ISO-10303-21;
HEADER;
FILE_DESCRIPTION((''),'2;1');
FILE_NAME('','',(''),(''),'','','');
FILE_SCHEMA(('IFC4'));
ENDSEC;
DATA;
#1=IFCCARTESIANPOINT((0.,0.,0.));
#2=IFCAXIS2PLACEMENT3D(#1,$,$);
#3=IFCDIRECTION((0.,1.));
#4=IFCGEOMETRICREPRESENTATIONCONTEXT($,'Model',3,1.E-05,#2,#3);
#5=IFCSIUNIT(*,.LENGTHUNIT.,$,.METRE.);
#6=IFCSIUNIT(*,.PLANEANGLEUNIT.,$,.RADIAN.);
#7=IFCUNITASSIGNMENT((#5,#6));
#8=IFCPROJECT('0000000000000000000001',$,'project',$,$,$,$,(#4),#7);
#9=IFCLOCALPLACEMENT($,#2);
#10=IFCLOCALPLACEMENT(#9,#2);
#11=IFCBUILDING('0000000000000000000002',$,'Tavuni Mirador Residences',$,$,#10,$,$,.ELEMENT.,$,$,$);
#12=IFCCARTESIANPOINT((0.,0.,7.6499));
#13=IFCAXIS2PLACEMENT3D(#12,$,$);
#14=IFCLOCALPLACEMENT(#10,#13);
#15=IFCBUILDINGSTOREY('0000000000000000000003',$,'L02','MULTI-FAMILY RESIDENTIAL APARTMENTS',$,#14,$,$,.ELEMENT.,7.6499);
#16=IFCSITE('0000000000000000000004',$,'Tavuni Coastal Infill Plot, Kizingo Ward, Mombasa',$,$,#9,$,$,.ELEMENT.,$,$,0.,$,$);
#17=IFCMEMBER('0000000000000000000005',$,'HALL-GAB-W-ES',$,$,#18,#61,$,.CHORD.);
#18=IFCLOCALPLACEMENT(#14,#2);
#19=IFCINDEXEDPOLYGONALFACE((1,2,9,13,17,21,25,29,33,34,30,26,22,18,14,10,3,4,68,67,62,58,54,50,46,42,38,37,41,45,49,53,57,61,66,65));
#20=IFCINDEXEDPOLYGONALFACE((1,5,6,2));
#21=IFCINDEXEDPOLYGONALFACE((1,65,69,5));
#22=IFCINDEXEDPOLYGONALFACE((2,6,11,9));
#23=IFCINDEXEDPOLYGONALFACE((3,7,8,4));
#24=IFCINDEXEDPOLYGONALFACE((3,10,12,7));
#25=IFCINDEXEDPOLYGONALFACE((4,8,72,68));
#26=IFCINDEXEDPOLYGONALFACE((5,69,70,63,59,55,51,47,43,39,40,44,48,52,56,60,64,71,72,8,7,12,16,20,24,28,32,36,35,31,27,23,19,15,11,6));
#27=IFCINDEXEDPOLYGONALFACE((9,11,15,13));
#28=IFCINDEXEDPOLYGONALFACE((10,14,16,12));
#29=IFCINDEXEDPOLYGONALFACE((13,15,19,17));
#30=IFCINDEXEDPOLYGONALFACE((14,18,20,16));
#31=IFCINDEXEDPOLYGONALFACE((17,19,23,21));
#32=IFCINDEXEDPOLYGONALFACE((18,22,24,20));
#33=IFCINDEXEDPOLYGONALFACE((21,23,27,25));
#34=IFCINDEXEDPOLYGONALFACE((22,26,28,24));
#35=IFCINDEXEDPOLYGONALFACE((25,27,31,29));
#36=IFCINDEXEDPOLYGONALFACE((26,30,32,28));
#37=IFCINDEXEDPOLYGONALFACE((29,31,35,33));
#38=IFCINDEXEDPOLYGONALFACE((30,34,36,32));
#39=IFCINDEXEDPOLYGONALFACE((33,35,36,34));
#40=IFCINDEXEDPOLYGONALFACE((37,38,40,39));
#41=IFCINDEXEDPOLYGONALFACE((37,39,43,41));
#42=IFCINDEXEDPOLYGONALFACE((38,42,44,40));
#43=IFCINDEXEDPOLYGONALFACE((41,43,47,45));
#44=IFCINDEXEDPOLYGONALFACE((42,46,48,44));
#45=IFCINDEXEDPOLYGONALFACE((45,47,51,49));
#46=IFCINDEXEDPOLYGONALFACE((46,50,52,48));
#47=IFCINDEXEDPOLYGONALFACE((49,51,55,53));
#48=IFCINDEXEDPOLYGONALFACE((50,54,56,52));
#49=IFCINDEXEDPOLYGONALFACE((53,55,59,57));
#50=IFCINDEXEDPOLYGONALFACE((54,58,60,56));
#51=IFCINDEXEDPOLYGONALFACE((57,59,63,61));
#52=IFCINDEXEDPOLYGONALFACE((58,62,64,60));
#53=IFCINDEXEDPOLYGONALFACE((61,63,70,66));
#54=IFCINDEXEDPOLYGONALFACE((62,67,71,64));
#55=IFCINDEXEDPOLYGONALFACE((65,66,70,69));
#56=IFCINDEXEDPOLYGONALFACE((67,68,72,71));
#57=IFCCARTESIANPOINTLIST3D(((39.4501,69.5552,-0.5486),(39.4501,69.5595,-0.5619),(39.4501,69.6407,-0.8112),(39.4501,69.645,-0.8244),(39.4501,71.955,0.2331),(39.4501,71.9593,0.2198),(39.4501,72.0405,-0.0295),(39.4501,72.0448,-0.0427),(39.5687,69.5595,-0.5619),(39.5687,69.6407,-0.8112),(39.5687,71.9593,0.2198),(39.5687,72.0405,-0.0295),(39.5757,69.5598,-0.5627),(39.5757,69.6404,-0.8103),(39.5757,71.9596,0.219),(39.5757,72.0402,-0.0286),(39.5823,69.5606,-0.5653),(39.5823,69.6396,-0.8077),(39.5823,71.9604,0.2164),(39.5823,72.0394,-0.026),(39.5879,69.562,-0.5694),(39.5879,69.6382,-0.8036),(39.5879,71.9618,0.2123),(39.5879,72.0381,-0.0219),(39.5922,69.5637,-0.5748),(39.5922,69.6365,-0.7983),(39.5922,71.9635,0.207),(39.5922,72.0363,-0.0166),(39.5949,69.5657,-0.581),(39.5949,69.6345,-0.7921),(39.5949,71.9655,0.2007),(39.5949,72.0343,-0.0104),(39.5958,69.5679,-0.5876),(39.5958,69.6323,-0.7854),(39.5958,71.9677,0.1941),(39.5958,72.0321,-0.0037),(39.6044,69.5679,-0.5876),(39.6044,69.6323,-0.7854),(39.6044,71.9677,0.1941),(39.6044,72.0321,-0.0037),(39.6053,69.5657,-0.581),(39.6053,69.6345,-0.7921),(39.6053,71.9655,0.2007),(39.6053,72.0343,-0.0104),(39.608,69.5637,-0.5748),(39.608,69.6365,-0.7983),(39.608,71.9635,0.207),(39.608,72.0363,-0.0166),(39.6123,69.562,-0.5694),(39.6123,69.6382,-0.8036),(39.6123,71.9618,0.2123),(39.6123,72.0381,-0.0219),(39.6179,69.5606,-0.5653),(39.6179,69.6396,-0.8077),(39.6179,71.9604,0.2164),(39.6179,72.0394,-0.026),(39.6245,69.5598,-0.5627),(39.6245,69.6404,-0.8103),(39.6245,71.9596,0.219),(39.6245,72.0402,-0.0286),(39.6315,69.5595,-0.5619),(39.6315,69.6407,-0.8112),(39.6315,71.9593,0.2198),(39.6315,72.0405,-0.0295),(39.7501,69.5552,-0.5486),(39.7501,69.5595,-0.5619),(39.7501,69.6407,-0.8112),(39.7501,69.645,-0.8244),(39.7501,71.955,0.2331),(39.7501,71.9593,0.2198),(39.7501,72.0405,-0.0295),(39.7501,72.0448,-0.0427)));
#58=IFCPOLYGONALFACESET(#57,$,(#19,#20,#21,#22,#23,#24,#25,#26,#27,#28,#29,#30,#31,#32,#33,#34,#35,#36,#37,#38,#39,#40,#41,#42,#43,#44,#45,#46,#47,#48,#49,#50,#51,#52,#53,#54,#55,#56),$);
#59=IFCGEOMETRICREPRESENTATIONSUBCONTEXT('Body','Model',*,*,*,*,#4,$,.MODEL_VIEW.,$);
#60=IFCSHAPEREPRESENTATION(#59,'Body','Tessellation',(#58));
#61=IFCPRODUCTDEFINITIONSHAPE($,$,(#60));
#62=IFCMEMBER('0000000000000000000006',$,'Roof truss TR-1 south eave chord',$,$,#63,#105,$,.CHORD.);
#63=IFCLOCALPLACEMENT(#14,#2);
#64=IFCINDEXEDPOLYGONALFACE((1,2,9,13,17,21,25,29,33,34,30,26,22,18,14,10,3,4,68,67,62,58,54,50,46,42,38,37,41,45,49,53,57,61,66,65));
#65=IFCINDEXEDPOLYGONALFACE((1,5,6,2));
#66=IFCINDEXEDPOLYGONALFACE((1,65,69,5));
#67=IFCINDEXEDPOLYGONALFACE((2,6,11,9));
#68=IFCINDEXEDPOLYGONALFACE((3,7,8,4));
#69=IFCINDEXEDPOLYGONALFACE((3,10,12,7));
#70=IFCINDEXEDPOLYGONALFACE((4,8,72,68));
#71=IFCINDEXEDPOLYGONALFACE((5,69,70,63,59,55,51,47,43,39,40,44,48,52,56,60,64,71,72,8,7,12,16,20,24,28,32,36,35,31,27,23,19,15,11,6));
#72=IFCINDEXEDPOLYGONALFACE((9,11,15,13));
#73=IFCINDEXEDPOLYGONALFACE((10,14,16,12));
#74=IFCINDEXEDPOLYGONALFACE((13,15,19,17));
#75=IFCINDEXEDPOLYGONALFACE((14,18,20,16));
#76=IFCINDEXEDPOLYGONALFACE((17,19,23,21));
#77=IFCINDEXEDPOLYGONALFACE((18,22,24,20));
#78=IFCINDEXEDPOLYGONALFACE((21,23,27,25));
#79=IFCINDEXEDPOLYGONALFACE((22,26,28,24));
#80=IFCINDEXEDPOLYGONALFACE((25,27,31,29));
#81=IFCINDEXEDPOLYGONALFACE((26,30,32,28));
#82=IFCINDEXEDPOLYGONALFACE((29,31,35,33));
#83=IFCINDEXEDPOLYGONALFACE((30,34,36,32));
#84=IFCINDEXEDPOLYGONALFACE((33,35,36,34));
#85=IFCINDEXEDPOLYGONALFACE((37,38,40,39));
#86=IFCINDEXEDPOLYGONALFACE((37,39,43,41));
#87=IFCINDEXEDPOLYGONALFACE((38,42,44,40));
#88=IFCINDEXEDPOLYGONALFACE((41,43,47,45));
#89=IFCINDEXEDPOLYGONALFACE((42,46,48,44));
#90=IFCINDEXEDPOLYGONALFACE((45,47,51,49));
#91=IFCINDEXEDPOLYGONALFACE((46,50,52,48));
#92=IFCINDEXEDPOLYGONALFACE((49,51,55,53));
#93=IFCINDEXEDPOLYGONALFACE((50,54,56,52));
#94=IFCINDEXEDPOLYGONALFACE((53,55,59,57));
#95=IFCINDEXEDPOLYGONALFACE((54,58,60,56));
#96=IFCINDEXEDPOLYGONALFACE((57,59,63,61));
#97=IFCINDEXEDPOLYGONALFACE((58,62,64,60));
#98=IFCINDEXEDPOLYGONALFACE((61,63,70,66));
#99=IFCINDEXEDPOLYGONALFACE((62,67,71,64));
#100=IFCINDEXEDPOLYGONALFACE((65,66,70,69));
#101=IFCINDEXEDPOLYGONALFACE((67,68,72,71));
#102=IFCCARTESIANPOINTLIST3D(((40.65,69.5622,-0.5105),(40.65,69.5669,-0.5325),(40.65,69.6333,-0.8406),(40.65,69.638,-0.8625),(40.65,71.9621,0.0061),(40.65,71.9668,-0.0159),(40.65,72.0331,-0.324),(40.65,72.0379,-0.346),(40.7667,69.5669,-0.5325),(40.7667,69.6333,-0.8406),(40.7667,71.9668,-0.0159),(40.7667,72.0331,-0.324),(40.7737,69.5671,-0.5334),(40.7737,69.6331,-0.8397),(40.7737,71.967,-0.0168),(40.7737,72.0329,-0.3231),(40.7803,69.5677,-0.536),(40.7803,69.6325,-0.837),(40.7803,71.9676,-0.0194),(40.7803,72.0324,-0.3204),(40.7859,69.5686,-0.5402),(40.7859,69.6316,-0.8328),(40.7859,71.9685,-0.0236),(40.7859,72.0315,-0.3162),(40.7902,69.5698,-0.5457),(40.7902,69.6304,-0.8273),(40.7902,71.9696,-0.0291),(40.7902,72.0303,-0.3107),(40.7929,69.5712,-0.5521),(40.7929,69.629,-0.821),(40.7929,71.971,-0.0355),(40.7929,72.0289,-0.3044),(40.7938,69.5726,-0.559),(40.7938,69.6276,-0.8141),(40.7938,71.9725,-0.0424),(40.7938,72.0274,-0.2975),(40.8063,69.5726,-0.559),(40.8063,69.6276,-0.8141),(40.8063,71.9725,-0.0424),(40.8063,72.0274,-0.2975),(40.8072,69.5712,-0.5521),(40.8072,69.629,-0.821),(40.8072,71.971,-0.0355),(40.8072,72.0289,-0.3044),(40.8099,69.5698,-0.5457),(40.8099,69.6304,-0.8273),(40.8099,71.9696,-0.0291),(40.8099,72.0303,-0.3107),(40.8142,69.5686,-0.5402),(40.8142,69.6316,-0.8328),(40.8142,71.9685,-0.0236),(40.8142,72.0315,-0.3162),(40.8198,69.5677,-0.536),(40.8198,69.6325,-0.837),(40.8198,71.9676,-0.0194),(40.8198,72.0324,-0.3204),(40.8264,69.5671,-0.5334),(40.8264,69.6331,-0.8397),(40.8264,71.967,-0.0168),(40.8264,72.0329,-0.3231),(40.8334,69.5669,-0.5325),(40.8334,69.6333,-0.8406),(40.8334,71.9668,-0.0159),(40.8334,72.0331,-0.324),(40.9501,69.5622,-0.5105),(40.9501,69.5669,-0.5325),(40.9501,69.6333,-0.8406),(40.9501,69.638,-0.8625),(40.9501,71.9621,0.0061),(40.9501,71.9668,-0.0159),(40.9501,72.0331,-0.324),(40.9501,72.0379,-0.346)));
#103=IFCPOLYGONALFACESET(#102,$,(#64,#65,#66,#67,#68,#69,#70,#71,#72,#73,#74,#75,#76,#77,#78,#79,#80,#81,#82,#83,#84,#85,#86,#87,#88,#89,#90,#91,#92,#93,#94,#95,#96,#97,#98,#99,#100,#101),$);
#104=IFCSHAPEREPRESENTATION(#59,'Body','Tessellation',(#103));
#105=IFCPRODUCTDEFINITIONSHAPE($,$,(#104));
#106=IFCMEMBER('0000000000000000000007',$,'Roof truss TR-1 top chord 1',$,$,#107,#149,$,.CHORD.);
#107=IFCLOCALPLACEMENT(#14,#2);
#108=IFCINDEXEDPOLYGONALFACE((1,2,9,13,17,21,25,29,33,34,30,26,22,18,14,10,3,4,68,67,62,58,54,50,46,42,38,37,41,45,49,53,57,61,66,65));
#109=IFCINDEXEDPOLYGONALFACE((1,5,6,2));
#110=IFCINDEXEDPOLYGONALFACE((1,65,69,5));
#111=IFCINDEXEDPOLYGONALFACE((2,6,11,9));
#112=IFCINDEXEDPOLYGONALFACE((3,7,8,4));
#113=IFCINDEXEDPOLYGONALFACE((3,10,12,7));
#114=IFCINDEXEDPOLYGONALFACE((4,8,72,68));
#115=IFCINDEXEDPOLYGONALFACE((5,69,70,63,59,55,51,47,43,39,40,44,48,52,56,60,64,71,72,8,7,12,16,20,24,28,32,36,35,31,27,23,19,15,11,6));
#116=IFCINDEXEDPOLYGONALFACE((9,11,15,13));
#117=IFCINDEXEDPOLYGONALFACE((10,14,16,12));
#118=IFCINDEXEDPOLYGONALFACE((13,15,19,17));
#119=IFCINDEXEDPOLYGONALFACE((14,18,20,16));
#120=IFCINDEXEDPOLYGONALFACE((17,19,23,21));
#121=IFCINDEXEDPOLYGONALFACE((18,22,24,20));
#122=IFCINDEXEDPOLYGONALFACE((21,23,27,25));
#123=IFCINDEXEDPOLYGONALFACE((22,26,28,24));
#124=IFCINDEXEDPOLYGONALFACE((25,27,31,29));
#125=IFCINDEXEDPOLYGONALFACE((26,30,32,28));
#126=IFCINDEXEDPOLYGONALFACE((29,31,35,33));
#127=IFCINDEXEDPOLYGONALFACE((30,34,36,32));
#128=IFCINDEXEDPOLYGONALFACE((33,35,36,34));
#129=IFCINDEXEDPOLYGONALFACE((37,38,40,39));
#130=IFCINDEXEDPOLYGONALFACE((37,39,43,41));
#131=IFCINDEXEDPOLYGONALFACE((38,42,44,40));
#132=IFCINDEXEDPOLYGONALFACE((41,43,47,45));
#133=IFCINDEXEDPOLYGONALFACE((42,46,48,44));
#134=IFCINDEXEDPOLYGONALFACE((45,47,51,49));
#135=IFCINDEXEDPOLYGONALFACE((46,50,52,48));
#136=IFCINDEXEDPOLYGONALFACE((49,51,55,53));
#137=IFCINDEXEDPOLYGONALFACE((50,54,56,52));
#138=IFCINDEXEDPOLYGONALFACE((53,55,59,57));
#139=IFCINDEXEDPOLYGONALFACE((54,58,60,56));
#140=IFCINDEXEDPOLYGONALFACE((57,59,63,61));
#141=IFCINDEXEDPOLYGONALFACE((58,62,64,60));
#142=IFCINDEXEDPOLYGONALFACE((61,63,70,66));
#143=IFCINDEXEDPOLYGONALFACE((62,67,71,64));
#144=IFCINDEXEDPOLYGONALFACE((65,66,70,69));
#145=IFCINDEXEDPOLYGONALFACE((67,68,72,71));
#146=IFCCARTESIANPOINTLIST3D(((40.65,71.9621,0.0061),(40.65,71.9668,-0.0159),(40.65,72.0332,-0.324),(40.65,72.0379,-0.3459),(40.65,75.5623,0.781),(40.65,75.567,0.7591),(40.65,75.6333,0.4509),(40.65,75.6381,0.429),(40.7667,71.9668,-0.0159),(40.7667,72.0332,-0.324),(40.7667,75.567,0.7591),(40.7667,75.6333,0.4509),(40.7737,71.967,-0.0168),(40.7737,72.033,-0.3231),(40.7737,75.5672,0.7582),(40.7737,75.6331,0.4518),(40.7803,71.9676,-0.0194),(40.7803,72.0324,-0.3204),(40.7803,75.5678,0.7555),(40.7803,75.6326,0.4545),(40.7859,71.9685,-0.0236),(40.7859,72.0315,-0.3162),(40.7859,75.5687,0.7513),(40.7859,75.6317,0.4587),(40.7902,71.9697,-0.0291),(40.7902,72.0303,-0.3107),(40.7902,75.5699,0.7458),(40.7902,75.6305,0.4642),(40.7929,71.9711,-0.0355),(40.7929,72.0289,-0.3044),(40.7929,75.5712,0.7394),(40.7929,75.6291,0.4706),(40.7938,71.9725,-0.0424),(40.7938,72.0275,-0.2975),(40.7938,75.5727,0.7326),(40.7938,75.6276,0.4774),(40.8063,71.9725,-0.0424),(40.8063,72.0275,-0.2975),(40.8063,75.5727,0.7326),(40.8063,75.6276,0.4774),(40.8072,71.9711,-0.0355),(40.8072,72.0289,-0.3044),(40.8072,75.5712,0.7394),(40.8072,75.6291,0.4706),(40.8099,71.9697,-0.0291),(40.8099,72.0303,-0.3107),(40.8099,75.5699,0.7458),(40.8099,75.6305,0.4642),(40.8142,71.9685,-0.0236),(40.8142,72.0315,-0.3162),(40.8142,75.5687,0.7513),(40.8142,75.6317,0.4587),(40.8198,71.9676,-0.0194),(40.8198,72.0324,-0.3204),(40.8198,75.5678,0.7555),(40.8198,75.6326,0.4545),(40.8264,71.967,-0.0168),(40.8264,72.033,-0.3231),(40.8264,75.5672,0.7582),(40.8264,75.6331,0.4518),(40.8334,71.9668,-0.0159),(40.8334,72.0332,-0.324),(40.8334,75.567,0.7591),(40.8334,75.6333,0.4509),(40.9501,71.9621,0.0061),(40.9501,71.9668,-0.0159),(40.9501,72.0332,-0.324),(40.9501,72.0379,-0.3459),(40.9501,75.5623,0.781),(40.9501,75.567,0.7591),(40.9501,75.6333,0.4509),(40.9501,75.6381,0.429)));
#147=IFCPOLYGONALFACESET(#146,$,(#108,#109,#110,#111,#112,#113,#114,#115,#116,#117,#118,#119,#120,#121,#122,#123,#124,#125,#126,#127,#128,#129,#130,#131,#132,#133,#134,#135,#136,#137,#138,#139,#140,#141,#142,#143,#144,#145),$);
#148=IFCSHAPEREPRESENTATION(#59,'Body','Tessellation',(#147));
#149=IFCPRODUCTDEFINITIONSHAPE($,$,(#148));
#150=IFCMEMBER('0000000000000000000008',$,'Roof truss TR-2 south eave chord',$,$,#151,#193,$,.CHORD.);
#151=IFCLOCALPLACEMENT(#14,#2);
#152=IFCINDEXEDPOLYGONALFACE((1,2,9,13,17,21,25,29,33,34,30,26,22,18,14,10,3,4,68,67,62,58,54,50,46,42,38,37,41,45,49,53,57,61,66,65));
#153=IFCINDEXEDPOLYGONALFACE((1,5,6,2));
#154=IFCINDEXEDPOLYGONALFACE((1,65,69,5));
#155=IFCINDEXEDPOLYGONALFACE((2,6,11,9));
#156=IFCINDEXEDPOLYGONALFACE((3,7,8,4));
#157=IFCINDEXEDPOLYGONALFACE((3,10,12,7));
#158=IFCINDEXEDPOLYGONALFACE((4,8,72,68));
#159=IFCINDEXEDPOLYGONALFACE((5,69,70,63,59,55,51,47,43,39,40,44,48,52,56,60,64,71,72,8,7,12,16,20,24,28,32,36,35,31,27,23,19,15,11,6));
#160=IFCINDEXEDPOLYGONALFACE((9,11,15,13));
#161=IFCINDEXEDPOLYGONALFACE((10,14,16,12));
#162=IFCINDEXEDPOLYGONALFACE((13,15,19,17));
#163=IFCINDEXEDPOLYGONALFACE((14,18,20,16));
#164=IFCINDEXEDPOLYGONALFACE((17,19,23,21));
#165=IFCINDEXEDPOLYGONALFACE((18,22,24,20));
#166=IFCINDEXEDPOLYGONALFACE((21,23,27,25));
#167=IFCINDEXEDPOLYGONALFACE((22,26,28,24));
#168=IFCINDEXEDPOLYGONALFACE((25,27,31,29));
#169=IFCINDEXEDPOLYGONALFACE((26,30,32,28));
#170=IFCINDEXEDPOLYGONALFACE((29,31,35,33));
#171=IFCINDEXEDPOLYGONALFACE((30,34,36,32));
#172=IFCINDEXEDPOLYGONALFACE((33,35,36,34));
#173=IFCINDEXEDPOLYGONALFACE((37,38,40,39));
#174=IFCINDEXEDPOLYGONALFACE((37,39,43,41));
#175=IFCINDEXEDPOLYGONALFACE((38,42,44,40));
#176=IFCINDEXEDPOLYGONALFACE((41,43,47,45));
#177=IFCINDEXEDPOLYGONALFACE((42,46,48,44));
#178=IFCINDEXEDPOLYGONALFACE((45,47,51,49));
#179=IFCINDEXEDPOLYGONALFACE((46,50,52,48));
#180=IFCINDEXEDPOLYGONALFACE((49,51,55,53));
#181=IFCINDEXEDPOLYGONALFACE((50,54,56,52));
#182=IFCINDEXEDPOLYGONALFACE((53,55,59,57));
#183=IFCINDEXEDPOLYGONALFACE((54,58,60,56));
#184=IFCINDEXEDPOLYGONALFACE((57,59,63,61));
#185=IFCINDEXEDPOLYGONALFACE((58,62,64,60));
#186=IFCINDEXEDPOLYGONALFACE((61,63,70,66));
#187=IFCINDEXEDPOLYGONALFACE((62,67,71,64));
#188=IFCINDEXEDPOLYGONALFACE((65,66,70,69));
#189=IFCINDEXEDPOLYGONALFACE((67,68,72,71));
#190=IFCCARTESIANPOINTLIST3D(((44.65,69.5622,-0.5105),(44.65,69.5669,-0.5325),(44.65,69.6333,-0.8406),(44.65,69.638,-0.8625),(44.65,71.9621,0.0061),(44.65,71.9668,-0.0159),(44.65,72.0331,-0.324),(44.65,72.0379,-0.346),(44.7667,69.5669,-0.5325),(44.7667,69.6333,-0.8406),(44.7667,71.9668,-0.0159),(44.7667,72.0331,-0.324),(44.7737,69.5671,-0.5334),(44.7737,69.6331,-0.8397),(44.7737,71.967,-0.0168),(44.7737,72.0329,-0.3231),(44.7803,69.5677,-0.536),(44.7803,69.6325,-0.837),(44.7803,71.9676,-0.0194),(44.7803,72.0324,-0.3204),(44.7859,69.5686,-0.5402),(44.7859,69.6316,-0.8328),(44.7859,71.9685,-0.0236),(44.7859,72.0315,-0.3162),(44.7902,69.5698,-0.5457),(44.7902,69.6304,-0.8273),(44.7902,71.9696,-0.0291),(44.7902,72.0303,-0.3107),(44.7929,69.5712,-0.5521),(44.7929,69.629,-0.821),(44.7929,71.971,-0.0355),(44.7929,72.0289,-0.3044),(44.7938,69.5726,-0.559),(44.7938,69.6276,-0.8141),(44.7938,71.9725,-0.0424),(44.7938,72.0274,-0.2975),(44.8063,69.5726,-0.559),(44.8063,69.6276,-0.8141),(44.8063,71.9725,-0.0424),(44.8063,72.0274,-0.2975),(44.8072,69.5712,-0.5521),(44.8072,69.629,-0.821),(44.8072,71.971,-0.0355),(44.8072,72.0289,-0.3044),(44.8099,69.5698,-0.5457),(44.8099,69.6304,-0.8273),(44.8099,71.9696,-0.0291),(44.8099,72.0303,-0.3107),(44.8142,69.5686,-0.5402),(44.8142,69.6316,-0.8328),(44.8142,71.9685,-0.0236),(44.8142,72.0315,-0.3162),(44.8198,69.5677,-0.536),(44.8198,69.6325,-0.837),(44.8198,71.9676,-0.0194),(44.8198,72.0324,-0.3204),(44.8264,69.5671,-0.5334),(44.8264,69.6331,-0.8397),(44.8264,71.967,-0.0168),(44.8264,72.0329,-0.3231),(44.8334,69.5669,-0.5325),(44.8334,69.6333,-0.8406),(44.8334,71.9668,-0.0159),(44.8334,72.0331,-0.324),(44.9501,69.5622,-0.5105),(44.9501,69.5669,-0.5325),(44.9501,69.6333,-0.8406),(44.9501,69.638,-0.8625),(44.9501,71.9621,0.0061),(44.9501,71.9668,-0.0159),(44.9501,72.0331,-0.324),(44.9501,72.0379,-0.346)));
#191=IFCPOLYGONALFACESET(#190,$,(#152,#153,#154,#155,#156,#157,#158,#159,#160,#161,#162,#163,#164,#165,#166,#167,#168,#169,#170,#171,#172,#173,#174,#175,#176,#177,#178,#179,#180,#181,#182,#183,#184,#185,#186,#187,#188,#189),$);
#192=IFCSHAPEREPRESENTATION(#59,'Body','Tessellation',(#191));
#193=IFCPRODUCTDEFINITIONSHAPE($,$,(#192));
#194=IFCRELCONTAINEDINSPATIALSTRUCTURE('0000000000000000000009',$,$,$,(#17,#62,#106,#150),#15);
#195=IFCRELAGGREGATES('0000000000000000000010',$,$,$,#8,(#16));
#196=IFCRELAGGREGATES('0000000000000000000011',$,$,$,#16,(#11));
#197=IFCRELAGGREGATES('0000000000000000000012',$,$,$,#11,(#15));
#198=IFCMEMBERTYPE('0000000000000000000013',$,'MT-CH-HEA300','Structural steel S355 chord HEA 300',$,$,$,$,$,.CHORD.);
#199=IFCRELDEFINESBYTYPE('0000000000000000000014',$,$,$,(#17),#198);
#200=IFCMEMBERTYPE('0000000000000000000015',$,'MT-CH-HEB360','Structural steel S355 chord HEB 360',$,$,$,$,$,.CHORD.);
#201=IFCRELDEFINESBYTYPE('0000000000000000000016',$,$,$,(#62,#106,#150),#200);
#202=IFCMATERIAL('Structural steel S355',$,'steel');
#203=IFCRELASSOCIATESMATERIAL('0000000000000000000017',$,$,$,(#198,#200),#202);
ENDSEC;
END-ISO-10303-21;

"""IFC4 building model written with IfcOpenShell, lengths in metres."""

from ifc_helpers import new_model, si_unit, direction, frame, origin, origin_2d, place, context, subcontext, project, spatial, i_section, extrude, material, material_profile, profile_set, type_object, element, save


model = new_model("IFC4")

# Units and contexts
model_context = context("Model", 3, precision=1e-05, world=origin(), true_north=direction((0.0, 1.0)))
body_context = subcontext(model_context, "Body", "Model", "MODEL_VIEW")
ifc_project = project(units=[si_unit("LENGTHUNIT", "METRE"), si_unit("PLANEANGLEUNIT", "RADIAN")], contexts=[model_context])

# Site, building, storey
site_placement = place(None, origin())
site = spatial("IfcSite", under=ifc_project, at=site_placement, Name="Tavuni Coastal Infill Plot, Kizingo Ward, Mombasa", CompositionType="ELEMENT", RefElevation=0.0)
building_placement = place(site_placement, origin())
building = spatial("IfcBuilding", under=site, at=building_placement, Name="Tavuni Mirador Residences", CompositionType="ELEMENT")
storey_placement = place(building_placement, frame((0.0, 0.0, 7.6499)))
storey = spatial("IfcBuildingStorey", under=building, at=storey_placement, Name="L02", Description="MULTI-FAMILY RESIDENTIAL APARTMENTS", CompositionType="ELEMENT", Elevation=7.6499)

# Shared definitions
ifc_material_1 = material(Name="Structural steel S355", Category="steel")

# Members
ifc_material_profile_1 = material_profile(ifc_material_1, i_section(OverallWidth=0.3, OverallDepth=0.29, WebThickness=0.0085, FlangeThickness=0.0139, FilletRadius=0.0271, at=origin_2d()), Name="HEA 300", Category="steel")
ifc_profile_set_1 = profile_set([ifc_material_profile_1], Name="Structural steel S355")
member_type_1 = type_object("IfcMemberType", Name="MT-CH-HEA300", Description="Structural steel S355 chord HEA 300", PredefinedType="CHORD", material=ifc_profile_set_1)
member_1_placement = place(storey_placement, frame((39.6001, 69.6001, -0.6865), z_axis=(0.0, 0.950828, 0.30972), x_axis=(-1.0, 0.0, 0.0)))
element("IfcMember", 1, at=member_1_placement, inside=storey, type_object=member_type_1, Name="HALL-GAB-W-ES", PredefinedType="CHORD", context=body_context, shape_type="SweptSolid", body=[
    extrude(i_section(OverallWidth=0.3, OverallDepth=0.29, WebThickness=0.0085, FlangeThickness=0.0139, FilletRadius=0.0271, at=origin_2d()), origin(), (0.0, 0.0, 1.0), 2.5239),
])
ifc_material_profile_2 = material_profile(ifc_material_1, i_section(OverallWidth=0.3, OverallDepth=0.3601, WebThickness=0.0125, FlangeThickness=0.0225, FilletRadius=0.0271, at=origin_2d()), Name="HEB 360", Category="steel")
ifc_profile_set_2 = profile_set([ifc_material_profile_2], Name="Structural steel S355")
member_type_2 = type_object("IfcMemberType", Name="MT-CH-HEB360", Description="Structural steel S355 chord HEB 360", PredefinedType="CHORD", material=ifc_profile_set_2)
member_2_placement = place(storey_placement, frame((40.8, 69.6001, -0.6865), z_axis=(0.0, 0.977607, 0.210439), x_axis=(-1.0, 0.0, 0.0)))
element("IfcMember", 2, at=member_2_placement, inside=storey, type_object=member_type_2, Name="Roof truss TR-1 south eave chord", PredefinedType="CHORD", context=body_context, shape_type="SweptSolid", body=[
    extrude(i_section(OverallWidth=0.3, OverallDepth=0.3601, WebThickness=0.0125, FlangeThickness=0.0225, FilletRadius=0.0271, at=origin_2d()), origin(), (0.0, 0.0, 1.0), 2.4548),
])
member_3_placement = place(storey_placement, frame((40.8, 72.0, -0.1699), z_axis=(0.0, 0.97761, 0.210425), x_axis=(-1.0, 0.0, 0.0)))
element("IfcMember", 3, at=member_3_placement, inside=storey, type_object=member_type_2, Name="Roof truss TR-1 top chord 1", PredefinedType="CHORD", context=body_context, shape_type="SweptSolid", body=[
    extrude(i_section(OverallWidth=0.3, OverallDepth=0.3601, WebThickness=0.0125, FlangeThickness=0.0225, FilletRadius=0.0271, at=origin_2d()), origin(), (0.0, 0.0, 1.0), 3.6826),
])
member_4_placement = place(storey_placement, frame((44.8, 69.6001, -0.6865), z_axis=(0.0, 0.977607, 0.210439), x_axis=(-1.0, 0.0, 0.0)))
element("IfcMember", 4, at=member_4_placement, inside=storey, type_object=member_type_2, Name="Roof truss TR-2 south eave chord", PredefinedType="CHORD", context=body_context, shape_type="SweptSolid", body=[
    extrude(i_section(OverallWidth=0.3, OverallDepth=0.3601, WebThickness=0.0125, FlangeThickness=0.0225, FilletRadius=0.0271, at=origin_2d()), origin(), (0.0, 0.0, 1.0), 2.4548),
])

save(model, "model.ifc")
